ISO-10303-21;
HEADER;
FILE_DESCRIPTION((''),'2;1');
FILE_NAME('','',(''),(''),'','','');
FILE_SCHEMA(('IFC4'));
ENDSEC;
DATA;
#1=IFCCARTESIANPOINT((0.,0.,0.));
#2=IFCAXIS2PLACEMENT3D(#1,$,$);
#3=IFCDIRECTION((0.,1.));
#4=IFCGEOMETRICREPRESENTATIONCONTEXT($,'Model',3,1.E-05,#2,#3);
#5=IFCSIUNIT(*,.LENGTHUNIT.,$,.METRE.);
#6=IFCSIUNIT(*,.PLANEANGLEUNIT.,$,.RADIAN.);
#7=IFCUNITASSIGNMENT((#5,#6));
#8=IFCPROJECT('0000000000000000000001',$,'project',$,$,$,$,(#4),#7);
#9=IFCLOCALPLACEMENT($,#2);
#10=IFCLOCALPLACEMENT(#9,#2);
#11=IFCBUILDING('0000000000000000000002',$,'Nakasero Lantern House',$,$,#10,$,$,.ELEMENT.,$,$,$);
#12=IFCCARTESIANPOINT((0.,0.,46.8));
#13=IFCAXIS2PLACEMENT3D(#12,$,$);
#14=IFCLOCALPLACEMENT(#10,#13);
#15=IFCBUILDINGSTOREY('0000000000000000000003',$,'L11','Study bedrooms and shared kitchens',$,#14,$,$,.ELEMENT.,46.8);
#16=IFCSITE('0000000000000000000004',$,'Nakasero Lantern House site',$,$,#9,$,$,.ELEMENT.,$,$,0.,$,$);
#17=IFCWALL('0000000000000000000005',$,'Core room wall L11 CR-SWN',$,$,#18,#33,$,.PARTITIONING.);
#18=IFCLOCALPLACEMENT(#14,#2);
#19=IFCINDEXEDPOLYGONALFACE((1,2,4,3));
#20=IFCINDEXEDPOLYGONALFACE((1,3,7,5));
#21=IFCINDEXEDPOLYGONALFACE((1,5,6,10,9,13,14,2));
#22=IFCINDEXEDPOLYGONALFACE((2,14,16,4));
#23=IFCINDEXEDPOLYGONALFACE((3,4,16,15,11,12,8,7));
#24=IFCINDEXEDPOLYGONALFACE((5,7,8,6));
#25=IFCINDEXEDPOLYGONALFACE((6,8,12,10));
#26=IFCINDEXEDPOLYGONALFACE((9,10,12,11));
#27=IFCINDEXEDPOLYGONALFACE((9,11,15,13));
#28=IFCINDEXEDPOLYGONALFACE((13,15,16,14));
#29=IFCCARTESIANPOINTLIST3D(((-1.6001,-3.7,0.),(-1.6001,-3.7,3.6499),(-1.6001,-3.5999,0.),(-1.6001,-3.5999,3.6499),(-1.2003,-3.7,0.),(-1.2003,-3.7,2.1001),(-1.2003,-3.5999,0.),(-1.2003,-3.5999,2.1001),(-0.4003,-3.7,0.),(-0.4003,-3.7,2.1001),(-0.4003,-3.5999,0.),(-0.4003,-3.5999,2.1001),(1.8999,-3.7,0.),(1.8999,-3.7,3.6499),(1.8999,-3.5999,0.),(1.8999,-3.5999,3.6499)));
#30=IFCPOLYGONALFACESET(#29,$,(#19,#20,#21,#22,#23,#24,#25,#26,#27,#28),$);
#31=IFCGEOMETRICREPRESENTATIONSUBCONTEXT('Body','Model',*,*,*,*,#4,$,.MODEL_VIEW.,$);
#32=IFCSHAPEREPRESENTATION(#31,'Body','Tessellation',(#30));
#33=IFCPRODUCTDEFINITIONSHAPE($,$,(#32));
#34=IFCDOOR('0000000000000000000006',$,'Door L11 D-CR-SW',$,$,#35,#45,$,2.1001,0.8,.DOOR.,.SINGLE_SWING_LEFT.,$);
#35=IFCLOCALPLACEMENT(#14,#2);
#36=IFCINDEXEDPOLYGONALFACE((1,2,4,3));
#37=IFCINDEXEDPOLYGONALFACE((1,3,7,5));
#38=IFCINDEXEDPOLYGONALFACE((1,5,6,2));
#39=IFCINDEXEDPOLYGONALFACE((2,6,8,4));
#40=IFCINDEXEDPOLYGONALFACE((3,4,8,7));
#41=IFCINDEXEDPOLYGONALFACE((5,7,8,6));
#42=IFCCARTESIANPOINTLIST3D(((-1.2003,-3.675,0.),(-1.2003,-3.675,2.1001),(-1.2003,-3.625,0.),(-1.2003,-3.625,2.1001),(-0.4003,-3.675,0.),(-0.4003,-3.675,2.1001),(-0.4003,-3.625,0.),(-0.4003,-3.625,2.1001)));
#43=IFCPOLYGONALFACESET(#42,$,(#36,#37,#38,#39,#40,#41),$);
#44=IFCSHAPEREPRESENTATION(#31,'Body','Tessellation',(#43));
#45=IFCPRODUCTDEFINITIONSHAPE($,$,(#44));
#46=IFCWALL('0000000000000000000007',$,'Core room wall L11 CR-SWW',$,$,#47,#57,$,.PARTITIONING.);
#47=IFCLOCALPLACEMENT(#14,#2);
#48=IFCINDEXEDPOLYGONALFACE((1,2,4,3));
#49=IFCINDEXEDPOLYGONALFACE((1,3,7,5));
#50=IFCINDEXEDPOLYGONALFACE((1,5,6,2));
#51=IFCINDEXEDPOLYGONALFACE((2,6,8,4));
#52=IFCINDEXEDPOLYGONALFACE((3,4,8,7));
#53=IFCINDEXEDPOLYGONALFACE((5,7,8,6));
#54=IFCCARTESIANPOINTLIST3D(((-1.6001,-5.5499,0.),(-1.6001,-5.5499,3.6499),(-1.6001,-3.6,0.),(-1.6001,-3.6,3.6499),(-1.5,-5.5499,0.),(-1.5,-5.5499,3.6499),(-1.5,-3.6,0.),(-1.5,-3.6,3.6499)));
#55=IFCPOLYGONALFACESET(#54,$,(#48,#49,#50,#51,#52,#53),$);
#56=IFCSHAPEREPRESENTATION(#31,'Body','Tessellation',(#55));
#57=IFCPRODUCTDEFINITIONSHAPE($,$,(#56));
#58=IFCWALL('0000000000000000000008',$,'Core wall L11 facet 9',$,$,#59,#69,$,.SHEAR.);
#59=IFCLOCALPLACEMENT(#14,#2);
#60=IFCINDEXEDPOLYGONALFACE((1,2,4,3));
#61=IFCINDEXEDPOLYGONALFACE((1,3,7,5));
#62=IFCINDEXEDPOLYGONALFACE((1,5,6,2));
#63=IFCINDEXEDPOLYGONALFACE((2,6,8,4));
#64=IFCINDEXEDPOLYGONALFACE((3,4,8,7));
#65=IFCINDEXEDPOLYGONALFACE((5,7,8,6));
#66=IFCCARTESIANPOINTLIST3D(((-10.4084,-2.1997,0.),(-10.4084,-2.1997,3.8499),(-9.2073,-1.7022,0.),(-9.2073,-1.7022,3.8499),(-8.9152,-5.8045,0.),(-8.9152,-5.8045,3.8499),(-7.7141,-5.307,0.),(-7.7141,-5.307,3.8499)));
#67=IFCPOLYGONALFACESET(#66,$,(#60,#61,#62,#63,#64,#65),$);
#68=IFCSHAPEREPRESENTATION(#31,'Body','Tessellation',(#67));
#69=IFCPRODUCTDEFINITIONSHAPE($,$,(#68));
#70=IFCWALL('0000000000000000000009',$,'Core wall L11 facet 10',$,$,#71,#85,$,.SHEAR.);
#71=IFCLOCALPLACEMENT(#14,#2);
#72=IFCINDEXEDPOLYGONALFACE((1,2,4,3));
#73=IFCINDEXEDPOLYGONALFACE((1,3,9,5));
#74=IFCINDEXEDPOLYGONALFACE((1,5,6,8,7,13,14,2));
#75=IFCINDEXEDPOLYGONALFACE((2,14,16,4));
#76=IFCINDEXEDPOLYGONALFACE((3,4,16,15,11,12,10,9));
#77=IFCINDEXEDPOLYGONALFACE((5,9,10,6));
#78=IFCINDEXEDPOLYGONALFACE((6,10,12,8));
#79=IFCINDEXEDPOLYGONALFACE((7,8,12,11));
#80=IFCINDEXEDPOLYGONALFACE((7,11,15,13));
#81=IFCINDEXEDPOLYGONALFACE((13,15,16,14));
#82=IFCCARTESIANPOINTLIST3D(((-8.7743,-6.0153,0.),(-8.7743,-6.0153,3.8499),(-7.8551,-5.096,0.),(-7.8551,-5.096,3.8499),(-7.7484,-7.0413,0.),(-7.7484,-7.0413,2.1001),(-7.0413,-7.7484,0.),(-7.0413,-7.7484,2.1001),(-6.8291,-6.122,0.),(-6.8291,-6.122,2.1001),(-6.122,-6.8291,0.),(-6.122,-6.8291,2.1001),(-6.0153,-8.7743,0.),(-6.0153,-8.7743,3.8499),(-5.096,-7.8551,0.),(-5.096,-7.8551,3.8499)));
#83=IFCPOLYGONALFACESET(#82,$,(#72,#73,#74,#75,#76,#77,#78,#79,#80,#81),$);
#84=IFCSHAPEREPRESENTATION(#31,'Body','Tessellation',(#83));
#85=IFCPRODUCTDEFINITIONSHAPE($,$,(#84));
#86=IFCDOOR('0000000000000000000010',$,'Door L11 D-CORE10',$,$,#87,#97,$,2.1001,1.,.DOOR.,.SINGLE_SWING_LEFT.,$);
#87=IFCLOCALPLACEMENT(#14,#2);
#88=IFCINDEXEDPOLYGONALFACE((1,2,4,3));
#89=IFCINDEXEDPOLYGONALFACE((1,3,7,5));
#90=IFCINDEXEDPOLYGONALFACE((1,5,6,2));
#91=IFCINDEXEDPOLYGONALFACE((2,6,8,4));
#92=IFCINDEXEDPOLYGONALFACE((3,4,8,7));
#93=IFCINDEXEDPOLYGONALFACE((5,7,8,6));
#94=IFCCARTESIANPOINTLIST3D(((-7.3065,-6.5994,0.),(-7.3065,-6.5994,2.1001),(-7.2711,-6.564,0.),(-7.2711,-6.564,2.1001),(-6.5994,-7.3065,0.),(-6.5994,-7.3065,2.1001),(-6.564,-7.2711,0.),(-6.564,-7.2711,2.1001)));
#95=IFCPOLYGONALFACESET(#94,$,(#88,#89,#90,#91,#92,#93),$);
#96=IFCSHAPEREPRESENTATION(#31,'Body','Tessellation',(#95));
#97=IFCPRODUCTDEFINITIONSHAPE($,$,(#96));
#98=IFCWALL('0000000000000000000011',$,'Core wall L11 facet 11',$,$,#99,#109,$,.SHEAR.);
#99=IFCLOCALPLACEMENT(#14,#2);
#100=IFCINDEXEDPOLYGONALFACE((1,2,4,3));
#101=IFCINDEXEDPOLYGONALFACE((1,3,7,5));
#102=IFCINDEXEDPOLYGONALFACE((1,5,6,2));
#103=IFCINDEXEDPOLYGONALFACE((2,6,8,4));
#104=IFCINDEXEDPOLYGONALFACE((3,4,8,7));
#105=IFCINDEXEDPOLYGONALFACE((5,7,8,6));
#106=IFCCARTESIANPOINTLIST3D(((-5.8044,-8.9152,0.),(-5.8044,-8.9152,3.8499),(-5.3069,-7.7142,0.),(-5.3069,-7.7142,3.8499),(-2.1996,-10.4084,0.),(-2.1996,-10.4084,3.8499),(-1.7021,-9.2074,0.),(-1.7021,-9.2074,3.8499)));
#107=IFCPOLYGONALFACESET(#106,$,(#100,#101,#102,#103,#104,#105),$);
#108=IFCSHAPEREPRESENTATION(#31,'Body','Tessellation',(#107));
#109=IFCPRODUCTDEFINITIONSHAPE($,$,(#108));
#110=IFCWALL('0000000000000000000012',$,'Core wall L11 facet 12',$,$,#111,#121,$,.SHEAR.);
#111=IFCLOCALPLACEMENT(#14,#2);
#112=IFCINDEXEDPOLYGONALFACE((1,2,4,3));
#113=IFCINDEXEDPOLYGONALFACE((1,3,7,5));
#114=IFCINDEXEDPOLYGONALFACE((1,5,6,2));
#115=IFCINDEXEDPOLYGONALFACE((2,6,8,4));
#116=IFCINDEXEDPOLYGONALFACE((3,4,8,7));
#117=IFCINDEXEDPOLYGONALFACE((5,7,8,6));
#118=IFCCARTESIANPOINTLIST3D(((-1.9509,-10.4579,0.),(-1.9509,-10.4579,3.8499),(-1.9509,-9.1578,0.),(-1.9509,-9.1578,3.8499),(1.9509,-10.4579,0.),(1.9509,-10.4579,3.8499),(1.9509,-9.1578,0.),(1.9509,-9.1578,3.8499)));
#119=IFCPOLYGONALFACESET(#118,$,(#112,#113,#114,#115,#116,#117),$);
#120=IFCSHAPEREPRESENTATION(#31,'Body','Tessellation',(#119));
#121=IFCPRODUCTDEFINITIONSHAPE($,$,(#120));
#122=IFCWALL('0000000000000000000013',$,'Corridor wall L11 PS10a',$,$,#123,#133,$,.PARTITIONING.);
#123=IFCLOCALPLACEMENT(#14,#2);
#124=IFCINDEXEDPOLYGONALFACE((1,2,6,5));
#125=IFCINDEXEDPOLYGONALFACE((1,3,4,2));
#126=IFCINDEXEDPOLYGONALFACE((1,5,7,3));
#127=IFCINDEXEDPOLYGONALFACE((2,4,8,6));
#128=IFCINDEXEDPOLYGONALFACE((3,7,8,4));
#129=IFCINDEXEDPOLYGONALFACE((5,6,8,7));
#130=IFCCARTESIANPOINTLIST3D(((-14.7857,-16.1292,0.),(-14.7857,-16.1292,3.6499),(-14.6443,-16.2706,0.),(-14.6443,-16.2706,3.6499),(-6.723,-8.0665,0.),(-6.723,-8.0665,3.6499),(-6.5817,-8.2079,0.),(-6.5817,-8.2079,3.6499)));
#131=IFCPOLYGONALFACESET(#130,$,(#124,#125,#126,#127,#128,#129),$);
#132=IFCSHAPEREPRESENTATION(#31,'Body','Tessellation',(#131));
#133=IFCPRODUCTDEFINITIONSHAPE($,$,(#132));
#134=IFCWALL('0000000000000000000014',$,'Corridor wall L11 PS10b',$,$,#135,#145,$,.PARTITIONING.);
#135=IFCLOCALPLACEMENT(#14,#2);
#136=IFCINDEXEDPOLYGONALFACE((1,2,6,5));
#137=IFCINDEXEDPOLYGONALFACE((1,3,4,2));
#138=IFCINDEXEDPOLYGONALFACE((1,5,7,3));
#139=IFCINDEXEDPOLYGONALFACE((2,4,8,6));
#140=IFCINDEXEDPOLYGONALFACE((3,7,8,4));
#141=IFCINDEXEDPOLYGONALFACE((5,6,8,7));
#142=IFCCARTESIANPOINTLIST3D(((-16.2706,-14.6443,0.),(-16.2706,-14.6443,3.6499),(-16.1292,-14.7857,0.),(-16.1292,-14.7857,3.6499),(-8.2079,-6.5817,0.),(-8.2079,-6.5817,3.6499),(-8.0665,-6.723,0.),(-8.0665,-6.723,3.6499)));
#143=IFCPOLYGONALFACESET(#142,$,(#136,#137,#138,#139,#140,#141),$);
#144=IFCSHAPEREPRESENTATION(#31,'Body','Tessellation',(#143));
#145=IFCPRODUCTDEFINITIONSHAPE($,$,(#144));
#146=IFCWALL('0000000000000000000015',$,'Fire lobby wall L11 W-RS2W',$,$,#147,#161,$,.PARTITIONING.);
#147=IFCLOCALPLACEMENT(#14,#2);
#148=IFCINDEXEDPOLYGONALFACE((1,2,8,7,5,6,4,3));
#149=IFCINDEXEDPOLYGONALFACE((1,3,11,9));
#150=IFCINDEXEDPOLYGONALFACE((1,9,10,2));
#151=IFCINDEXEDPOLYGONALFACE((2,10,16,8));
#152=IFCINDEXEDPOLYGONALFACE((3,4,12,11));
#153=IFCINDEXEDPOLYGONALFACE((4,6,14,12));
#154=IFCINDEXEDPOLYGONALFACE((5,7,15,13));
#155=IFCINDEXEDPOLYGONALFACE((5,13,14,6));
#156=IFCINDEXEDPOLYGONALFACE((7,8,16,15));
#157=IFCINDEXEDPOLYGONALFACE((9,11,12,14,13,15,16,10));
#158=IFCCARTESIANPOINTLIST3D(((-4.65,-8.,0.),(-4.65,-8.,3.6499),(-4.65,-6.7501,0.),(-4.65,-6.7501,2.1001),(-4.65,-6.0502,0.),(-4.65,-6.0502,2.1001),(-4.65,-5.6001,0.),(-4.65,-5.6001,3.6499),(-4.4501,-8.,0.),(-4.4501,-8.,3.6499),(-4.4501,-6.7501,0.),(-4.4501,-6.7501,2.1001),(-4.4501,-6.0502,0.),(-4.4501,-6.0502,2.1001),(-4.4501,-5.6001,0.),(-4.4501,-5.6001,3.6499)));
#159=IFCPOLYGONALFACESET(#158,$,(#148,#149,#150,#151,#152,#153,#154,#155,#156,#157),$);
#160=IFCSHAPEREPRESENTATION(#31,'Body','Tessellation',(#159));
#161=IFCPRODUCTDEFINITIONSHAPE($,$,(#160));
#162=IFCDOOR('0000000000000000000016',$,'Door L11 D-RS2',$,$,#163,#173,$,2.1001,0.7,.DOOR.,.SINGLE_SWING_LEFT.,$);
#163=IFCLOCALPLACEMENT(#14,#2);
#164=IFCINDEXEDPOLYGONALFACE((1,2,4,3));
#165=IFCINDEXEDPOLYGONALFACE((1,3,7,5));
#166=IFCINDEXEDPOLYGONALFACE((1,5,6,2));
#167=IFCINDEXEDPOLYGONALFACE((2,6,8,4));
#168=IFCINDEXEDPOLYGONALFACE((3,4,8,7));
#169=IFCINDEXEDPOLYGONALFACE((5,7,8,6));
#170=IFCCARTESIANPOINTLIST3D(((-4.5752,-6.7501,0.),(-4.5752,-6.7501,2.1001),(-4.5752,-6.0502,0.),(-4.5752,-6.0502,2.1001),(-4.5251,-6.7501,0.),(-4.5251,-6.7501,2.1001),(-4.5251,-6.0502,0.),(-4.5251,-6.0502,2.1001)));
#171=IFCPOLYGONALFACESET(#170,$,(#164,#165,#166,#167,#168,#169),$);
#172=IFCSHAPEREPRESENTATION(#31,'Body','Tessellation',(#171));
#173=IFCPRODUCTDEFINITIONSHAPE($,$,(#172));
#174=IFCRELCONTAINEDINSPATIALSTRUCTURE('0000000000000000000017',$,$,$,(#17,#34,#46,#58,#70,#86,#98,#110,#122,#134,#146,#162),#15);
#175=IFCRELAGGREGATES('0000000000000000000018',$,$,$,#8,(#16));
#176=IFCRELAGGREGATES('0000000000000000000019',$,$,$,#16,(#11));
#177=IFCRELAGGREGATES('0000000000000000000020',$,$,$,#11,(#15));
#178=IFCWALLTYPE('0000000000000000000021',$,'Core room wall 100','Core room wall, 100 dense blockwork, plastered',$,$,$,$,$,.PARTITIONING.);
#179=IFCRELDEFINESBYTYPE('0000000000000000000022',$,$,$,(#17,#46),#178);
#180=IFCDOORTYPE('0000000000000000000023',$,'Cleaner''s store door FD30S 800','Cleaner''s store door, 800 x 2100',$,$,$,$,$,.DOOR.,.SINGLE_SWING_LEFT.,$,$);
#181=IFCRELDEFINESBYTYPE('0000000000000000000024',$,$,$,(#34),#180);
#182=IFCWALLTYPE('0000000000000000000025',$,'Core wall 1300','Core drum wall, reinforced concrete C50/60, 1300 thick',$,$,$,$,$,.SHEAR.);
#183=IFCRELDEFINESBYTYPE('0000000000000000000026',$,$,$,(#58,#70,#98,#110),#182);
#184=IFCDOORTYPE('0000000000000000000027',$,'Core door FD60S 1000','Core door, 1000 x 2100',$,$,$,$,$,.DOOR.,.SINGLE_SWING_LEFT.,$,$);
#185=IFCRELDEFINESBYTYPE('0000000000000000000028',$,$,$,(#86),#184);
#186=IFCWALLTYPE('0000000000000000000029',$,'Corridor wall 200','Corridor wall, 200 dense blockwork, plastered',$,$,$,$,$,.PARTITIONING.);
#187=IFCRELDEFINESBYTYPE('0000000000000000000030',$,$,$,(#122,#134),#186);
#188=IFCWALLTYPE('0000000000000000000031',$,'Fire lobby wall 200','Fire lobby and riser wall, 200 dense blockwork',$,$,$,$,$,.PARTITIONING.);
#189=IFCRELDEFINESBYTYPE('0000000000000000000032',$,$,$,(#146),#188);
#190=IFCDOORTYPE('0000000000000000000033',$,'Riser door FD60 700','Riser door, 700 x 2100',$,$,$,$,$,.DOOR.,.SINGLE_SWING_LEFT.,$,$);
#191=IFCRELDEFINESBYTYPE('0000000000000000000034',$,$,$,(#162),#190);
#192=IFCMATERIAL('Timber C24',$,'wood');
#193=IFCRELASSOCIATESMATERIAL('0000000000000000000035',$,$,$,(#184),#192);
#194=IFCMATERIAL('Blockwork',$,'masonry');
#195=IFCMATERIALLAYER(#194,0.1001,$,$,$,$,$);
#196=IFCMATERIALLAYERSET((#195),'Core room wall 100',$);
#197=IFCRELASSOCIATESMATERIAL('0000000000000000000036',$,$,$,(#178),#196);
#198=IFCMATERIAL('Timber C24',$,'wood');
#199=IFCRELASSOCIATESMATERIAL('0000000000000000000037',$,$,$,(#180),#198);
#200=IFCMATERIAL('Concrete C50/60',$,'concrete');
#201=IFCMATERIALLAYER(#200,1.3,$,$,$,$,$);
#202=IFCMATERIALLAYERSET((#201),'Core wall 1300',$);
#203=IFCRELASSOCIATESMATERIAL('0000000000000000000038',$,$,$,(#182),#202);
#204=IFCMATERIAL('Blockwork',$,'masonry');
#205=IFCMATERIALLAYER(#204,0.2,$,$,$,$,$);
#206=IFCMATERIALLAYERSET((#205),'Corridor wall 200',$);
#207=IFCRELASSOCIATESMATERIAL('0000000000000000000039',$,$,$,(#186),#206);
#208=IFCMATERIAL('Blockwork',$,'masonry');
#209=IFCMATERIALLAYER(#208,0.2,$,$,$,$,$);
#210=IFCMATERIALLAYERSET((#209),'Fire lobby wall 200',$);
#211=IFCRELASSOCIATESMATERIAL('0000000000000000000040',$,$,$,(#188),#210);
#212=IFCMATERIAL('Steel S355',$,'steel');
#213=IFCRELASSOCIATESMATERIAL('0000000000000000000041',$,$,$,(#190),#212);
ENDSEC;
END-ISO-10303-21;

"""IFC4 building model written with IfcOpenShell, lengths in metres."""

from ifc_helpers import new_model, si_unit, direction, frame, frame_2d, origin, place, context, subcontext, project, spatial, rectangle, extrude, material, layer, layer_set, type_object, element, fill, save


model = new_model("IFC4")

# Units and contexts
model_context = context("Model", 3, precision=1e-05, world=origin(), true_north=direction((0.0, 1.0)))
body_context = subcontext(model_context, "Body", "Model", "MODEL_VIEW")
ifc_project = project(units=[si_unit("LENGTHUNIT", "METRE"), si_unit("PLANEANGLEUNIT", "RADIAN")], contexts=[model_context])

# Site, building, storey
site_placement = place(None, origin())
site = spatial("IfcSite", under=ifc_project, at=site_placement, Name="Nakasero Lantern House site", CompositionType="ELEMENT", RefElevation=0.0)
building_placement = place(site_placement, origin())
building = spatial("IfcBuilding", under=site, at=building_placement, Name="Nakasero Lantern House", CompositionType="ELEMENT")
storey_placement = place(building_placement, frame((0.0, 0.0, 46.8)))
storey = spatial("IfcBuildingStorey", under=building, at=storey_placement, Name="L11", Description="Study bedrooms and shared kitchens", CompositionType="ELEMENT", Elevation=46.8)

# Shared definitions
ifc_material_1 = material(Name="Timber C24", Category="wood")
door_type_1 = type_object("IfcDoorType", Name="Core door FD60S 1000", Description="Core door, 1000 x 2100", OperationType="SINGLE_SWING_LEFT", PredefinedType="DOOR", material=ifc_material_1)

# Wall, opening, door
ifc_material_2 = material(Name="Blockwork", Category="masonry")
ifc_layer_1 = layer(ifc_material_2, 0.1001)
ifc_layer_set_1 = layer_set([ifc_layer_1], Name="Core room wall 100")
wall_type_1 = type_object("IfcWallType", Name="Core room wall 100", Description="Core room wall, 100 dense blockwork, plastered", PredefinedType="PARTITIONING", material=ifc_layer_set_1)
wall_1_placement = place(storey_placement, frame((-1.6001, -3.6499, 0.0), z_axis=(0.0, 0.0, 1.0), x_axis=(1.0, 0.0, 0.0)))
wall_1 = element("IfcWall", 1, at=wall_1_placement, inside=storey, type_object=wall_type_1, Name="Core room wall L11 CR-SWN", PredefinedType="PARTITIONING", context=body_context, shape_type="SweptSolid", body=[
    extrude(rectangle(XDim=3.5, YDim=0.1001, at=frame_2d((1.75, 0.0))), origin(), (0.0, 0.0, 1.0), 3.6499),
])
opening_1_placement = place(wall_1_placement, frame((0.3999, 0.0, 0.0)))
opening_1 = element("IfcOpeningElement", 2, at=opening_1_placement, cuts=wall_1, PredefinedType="OPENING", context=body_context, shape_type="SweptSolid", body=[
    extrude(rectangle(XDim=0.8, YDim=2.1001, at=frame_2d((0.3999, 1.05))), frame((0.0, 0.0701, 0.0), z_axis=(0.0, -1.0, 0.0), x_axis=(1.0, 0.0, 0.0)), (0.0, 0.0, 1.0), 0.1401),
])
ifc_material_3 = material(Name="Timber C24", Category="wood")
door_type_2 = type_object("IfcDoorType", Name="Cleaner's store door FD30S 800", Description="Cleaner's store door, 800 x 2100", OperationType="SINGLE_SWING_LEFT", PredefinedType="DOOR", material=ifc_material_3)
door_1_placement = place(opening_1_placement, origin())
door_1 = element("IfcDoor", 3, at=door_1_placement, inside=storey, type_object=door_type_2, Name="Door L11 D-CR-SW", OperationType="SINGLE_SWING_LEFT", OverallHeight=2.1001, OverallWidth=0.8, PredefinedType="DOOR", context=body_context, shape_type="SweptSolid", body=[
    extrude(rectangle(XDim=0.8, YDim=2.1001, at=frame_2d((0.3999, 1.05))), frame((0.0, 0.0249, 0.0), z_axis=(0.0, -1.0, 0.0), x_axis=(1.0, 0.0, 0.0)), (0.0, 0.0, 1.0), 0.05),
])
fill(opening_1, door_1)

# Walls
wall_2_placement = place(storey_placement, frame((-1.55, -5.55, 0.0), z_axis=(0.0, 0.0, 1.0), x_axis=(0.0, 1.0, 0.0)))
element("IfcWall", 4, at=wall_2_placement, inside=storey, type_object=wall_type_1, Name="Core room wall L11 CR-SWW", PredefinedType="PARTITIONING", context=body_context, shape_type="SweptSolid", body=[
    extrude(rectangle(XDim=1.95, YDim=0.1001, at=frame_2d((0.9751, 0.0))), origin(), (0.0, 0.0, 1.0), 3.6499),
])
ifc_material_4 = material(Name="Concrete C50/60", Category="concrete")
ifc_layer_2 = layer(ifc_material_4, 1.3)
ifc_layer_set_2 = layer_set([ifc_layer_2], Name="Core wall 1300")
wall_type_2 = type_object("IfcWallType", Name="Core wall 1300", Description="Core drum wall, reinforced concrete C50/60, 1300 thick", PredefinedType="SHEAR", material=ifc_layer_set_2)
wall_3_placement = place(storey_placement, frame((-9.8079, -1.9509, 0.0), z_axis=(0.0, 0.0, 1.0), x_axis=(0.382691, -0.923877, 0.0)))
element("IfcWall", 5, at=wall_3_placement, inside=storey, type_object=wall_type_2, Name="Core wall L11 facet 9", PredefinedType="SHEAR", context=body_context, shape_type="SweptSolid", body=[
    extrude(rectangle(XDim=3.9019, YDim=1.3, at=frame_2d((1.9509, 0.0))), origin(), (0.0, 0.0, 1.0), 3.8499),
])

# Wall, opening, door
wall_4_placement = place(storey_placement, frame((-8.3147, -5.5557, 0.0), z_axis=(0.0, 0.0, 1.0), x_axis=(0.707107, -0.707107, 0.0)))
wall_4 = element("IfcWall", 6, at=wall_4_placement, inside=storey, type_object=wall_type_2, Name="Core wall L11 facet 10", PredefinedType="SHEAR", context=body_context, shape_type="SweptSolid", body=[
    extrude(rectangle(XDim=3.9019, YDim=1.3, at=frame_2d((1.9509, 0.0))), origin(), (0.0, 0.0, 1.0), 3.8499),
])
opening_2_placement = place(wall_4_placement, frame((1.4509, 0.0, 0.0)))
opening_2 = element("IfcOpeningElement", 7, at=opening_2_placement, cuts=wall_4, PredefinedType="OPENING", context=body_context, shape_type="SweptSolid", body=[
    extrude(rectangle(XDim=1.0, YDim=2.1001, at=frame_2d((0.5, 1.05))), frame((0.0, 0.6699, 0.0), z_axis=(0.0, -1.0, 0.0), x_axis=(1.0, 0.0, 0.0)), (0.0, 0.0, 1.0), 1.3401),
])
door_2_placement = place(opening_2_placement, origin())
door_2 = element("IfcDoor", 8, at=door_2_placement, inside=storey, type_object=door_type_1, Name="Door L11 D-CORE10", OperationType="SINGLE_SWING_LEFT", OverallHeight=2.1001, OverallWidth=1.0, PredefinedType="DOOR", context=body_context, shape_type="SweptSolid", body=[
    extrude(rectangle(XDim=1.0, YDim=2.1001, at=frame_2d((0.5, 1.05))), frame((0.0, 0.0249, 0.0), z_axis=(0.0, -1.0, 0.0), x_axis=(1.0, 0.0, 0.0)), (0.0, 0.0, 1.0), 0.05),
])
fill(opening_2, door_2)

# Walls
for number, where, z_axis, x_axis, name in (
    (9, (-5.5557, -8.3147, 0.0), (0.0, 0.0, 1.0), (0.923877, -0.382691, 0.0), "Core wall L11 facet 11"),
    (10, (-1.9509, -9.8079, 0.0), (0.0, 0.0, 1.0), (1.0, 0.0, 0.0), "Core wall L11 facet 12"),
):
    element("IfcWall", number, at=place(storey_placement, frame(where, z_axis=z_axis, x_axis=x_axis)), inside=storey, type_object=wall_type_2, Name=name, PredefinedType="SHEAR", context=body_context, shape_type="SweptSolid", body=[
        extrude(rectangle(XDim=3.9019, YDim=1.3, at=frame_2d((1.9509, 0.0))), origin(), (0.0, 0.0, 1.0), 3.8499),
    ])
ifc_material_5 = material(Name="Blockwork", Category="masonry")
ifc_layer_3 = layer(ifc_material_5, 0.2)
ifc_layer_set_3 = layer_set([ifc_layer_3], Name="Corridor wall 200")
wall_type_3 = type_object("IfcWallType", Name="Corridor wall 200", Description="Corridor wall, 200 dense blockwork, plastered", PredefinedType="PARTITIONING", material=ifc_layer_set_3)
for number, where, z_axis, x_axis, name in (
    (11, (-6.6523, -8.1372, 0.0), (0.0, 0.0, 1.0), (-0.707107, -0.707107, 0.0), "Corridor wall L11 PS10a"),
    (12, (-8.1372, -6.6523, 0.0), (0.0, 0.0, 1.0), (-0.707107, -0.707107, 0.0), "Corridor wall L11 PS10b"),
):
    element("IfcWall", number, at=place(storey_placement, frame(where, z_axis=z_axis, x_axis=x_axis)), inside=storey, type_object=wall_type_3, Name=name, PredefinedType="PARTITIONING", context=body_context, shape_type="SweptSolid", body=[
        extrude(rectangle(XDim=11.4023, YDim=0.2, at=frame_2d((5.7012, 0.0))), origin(), (0.0, 0.0, 1.0), 3.6499),
    ])

# Wall, opening, door
ifc_material_6 = material(Name="Blockwork", Category="masonry")
ifc_layer_4 = layer(ifc_material_6, 0.2)
ifc_layer_set_4 = layer_set([ifc_layer_4], Name="Fire lobby wall 200")
wall_type_4 = type_object("IfcWallType", Name="Fire lobby wall 200", Description="Fire lobby and riser wall, 200 dense blockwork", PredefinedType="PARTITIONING", material=ifc_layer_set_4)
wall_5_placement = place(storey_placement, frame((-4.55, -5.6001, 0.0), z_axis=(0.0, 0.0, 1.0), x_axis=(0.0, -1.0, 0.0)))
wall_5 = element("IfcWall", 13, at=wall_5_placement, inside=storey, type_object=wall_type_4, Name="Fire lobby wall L11 W-RS2W", PredefinedType="PARTITIONING", context=body_context, shape_type="SweptSolid", body=[
    extrude(rectangle(XDim=2.3999, YDim=0.2, at=frame_2d((1.2, 0.0))), origin(), (0.0, 0.0, 1.0), 3.6499),
])
opening_3_placement = place(wall_5_placement, frame((0.45, 0.0, 0.0)))
opening_3 = element("IfcOpeningElement", 14, at=opening_3_placement, cuts=wall_5, PredefinedType="OPENING", context=body_context, shape_type="SweptSolid", body=[
    extrude(rectangle(XDim=0.7, YDim=2.1001, at=frame_2d((0.3501, 1.05))), frame((0.0, 0.1199, 0.0), z_axis=(0.0, -1.0, 0.0), x_axis=(1.0, 0.0, 0.0)), (0.0, 0.0, 1.0), 0.24),
])
ifc_material_7 = material(Name="Steel S355", Category="steel")
door_type_3 = type_object("IfcDoorType", Name="Riser door FD60 700", Description="Riser door, 700 x 2100", OperationType="SINGLE_SWING_LEFT", PredefinedType="DOOR", material=ifc_material_7)
door_3_placement = place(opening_3_placement, origin())
door_3 = element("IfcDoor", 15, at=door_3_placement, inside=storey, type_object=door_type_3, Name="Door L11 D-RS2", OperationType="SINGLE_SWING_LEFT", OverallHeight=2.1001, OverallWidth=0.7, PredefinedType="DOOR", context=body_context, shape_type="SweptSolid", body=[
    extrude(rectangle(XDim=0.7, YDim=2.1001, at=frame_2d((0.3501, 1.05))), frame((0.0, 0.0249, 0.0), z_axis=(0.0, -1.0, 0.0), x_axis=(1.0, 0.0, 0.0)), (0.0, 0.0, 1.0), 0.05),
])
fill(opening_3, door_3)

save(model, "model.ifc")
